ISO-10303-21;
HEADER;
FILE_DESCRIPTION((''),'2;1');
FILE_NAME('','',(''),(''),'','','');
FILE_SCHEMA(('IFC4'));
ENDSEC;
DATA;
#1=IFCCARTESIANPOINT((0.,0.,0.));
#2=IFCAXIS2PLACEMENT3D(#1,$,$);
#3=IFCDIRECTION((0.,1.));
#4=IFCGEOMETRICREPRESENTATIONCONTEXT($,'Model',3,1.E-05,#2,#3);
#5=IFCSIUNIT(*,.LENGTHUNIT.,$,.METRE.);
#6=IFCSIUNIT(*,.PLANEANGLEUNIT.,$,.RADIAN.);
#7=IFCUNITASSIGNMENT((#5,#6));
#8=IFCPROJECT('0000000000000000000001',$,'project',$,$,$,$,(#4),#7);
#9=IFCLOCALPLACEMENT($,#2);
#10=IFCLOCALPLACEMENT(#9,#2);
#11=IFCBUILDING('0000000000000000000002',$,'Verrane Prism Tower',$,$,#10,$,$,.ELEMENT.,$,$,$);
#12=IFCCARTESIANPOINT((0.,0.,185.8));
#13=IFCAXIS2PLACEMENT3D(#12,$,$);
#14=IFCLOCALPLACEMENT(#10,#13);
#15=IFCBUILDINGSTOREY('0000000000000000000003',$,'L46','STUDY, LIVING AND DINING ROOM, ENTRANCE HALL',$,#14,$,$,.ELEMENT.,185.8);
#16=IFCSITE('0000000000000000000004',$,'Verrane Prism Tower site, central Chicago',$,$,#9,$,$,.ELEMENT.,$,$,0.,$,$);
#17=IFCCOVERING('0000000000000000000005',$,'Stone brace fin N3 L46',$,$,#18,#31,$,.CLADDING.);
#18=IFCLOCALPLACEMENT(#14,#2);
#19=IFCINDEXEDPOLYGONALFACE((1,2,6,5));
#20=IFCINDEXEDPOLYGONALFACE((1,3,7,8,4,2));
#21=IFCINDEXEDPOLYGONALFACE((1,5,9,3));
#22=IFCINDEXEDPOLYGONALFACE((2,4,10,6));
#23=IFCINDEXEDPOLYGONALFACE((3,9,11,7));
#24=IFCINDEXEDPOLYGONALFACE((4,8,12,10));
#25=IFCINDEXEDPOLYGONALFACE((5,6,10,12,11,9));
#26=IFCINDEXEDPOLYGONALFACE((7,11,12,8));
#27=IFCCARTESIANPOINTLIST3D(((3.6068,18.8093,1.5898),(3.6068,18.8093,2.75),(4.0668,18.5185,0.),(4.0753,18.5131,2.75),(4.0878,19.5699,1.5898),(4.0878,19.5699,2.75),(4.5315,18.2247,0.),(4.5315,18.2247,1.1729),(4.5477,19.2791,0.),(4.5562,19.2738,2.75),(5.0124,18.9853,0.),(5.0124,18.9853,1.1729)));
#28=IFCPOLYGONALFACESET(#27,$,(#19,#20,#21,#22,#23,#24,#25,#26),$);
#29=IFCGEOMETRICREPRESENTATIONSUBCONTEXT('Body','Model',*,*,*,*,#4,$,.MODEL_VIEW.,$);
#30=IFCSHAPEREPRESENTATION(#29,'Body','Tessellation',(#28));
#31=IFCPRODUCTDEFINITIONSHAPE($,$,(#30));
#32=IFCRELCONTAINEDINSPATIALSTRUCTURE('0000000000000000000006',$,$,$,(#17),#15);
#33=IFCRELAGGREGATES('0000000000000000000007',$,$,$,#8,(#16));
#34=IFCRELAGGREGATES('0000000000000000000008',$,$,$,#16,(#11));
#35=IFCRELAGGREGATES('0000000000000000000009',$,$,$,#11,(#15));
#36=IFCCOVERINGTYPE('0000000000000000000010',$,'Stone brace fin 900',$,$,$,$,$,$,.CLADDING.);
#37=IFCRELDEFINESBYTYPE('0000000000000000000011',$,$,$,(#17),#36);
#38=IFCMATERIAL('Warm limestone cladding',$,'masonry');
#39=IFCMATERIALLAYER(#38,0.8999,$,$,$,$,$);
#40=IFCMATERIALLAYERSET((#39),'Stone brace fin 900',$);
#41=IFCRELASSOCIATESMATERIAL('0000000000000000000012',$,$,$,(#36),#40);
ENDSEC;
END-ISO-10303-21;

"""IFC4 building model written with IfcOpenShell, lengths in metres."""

from ifc_helpers import new_model, si_unit, direction, frame, origin, place, context, subcontext, project, spatial, polyline, outline, extrude, material, layer, layer_set, type_object, element, save


model = new_model("IFC4")

# Units and contexts
model_context = context("Model", 3, precision=1e-05, world=origin(), true_north=direction((0.0, 1.0)))
body_context = subcontext(model_context, "Body", "Model", "MODEL_VIEW")
ifc_project = project(units=[si_unit("LENGTHUNIT", "METRE"), si_unit("PLANEANGLEUNIT", "RADIAN")], contexts=[model_context])

# Site, building, storey
site_placement = place(None, origin())
site = spatial("IfcSite", under=ifc_project, at=site_placement, Name="Verrane Prism Tower site, central Chicago", CompositionType="ELEMENT", RefElevation=0.0)
building_placement = place(site_placement, origin())
building = spatial("IfcBuilding", under=site, at=building_placement, Name="Verrane Prism Tower", CompositionType="ELEMENT")
storey_placement = place(building_placement, frame((0.0, 0.0, 185.8)))
storey = spatial("IfcBuildingStorey", under=building, at=storey_placement, Name="L46", Description="STUDY, LIVING AND DINING ROOM, ENTRANCE HALL", CompositionType="ELEMENT", Elevation=185.8)

# Covering
ifc_material_1 = material(Name="Warm limestone cladding", Category="masonry")
ifc_layer_1 = layer(ifc_material_1, 0.8999)
ifc_layer_set_1 = layer_set([ifc_layer_1], Name="Stone brace fin 900")
covering_type = type_object("IfcCoveringType", Name="Stone brace fin 900", PredefinedType="CLADDING", material=ifc_layer_set_1)
covering_placement = place(storey_placement, frame((4.772, 18.605, 0.0), z_axis=(0.0, 0.0, 1.0), x_axis=(-0.845229, 0.534404, 0.0)))
element("IfcCovering", 1, at=covering_placement, inside=storey, type_object=covering_type, Name="Stone brace fin N3 L46", PredefinedType="CLADDING", context=body_context, shape_type="SweptSolid", body=[
    extrude(outline(polyline([(1.094, 2.75), (0.5398, 2.75), (0.0, 1.1729), (0.0, 0.0), (0.5498, 0.0), (1.094, 1.5898), (1.094, 2.75)])), frame((0.0, 0.45, 0.0), z_axis=(0.0, -1.0, 0.0), x_axis=(1.0, 0.0, 0.0)), (0.0, 0.0, 1.0), 0.8999),
])

save(model, "model.ifc")
